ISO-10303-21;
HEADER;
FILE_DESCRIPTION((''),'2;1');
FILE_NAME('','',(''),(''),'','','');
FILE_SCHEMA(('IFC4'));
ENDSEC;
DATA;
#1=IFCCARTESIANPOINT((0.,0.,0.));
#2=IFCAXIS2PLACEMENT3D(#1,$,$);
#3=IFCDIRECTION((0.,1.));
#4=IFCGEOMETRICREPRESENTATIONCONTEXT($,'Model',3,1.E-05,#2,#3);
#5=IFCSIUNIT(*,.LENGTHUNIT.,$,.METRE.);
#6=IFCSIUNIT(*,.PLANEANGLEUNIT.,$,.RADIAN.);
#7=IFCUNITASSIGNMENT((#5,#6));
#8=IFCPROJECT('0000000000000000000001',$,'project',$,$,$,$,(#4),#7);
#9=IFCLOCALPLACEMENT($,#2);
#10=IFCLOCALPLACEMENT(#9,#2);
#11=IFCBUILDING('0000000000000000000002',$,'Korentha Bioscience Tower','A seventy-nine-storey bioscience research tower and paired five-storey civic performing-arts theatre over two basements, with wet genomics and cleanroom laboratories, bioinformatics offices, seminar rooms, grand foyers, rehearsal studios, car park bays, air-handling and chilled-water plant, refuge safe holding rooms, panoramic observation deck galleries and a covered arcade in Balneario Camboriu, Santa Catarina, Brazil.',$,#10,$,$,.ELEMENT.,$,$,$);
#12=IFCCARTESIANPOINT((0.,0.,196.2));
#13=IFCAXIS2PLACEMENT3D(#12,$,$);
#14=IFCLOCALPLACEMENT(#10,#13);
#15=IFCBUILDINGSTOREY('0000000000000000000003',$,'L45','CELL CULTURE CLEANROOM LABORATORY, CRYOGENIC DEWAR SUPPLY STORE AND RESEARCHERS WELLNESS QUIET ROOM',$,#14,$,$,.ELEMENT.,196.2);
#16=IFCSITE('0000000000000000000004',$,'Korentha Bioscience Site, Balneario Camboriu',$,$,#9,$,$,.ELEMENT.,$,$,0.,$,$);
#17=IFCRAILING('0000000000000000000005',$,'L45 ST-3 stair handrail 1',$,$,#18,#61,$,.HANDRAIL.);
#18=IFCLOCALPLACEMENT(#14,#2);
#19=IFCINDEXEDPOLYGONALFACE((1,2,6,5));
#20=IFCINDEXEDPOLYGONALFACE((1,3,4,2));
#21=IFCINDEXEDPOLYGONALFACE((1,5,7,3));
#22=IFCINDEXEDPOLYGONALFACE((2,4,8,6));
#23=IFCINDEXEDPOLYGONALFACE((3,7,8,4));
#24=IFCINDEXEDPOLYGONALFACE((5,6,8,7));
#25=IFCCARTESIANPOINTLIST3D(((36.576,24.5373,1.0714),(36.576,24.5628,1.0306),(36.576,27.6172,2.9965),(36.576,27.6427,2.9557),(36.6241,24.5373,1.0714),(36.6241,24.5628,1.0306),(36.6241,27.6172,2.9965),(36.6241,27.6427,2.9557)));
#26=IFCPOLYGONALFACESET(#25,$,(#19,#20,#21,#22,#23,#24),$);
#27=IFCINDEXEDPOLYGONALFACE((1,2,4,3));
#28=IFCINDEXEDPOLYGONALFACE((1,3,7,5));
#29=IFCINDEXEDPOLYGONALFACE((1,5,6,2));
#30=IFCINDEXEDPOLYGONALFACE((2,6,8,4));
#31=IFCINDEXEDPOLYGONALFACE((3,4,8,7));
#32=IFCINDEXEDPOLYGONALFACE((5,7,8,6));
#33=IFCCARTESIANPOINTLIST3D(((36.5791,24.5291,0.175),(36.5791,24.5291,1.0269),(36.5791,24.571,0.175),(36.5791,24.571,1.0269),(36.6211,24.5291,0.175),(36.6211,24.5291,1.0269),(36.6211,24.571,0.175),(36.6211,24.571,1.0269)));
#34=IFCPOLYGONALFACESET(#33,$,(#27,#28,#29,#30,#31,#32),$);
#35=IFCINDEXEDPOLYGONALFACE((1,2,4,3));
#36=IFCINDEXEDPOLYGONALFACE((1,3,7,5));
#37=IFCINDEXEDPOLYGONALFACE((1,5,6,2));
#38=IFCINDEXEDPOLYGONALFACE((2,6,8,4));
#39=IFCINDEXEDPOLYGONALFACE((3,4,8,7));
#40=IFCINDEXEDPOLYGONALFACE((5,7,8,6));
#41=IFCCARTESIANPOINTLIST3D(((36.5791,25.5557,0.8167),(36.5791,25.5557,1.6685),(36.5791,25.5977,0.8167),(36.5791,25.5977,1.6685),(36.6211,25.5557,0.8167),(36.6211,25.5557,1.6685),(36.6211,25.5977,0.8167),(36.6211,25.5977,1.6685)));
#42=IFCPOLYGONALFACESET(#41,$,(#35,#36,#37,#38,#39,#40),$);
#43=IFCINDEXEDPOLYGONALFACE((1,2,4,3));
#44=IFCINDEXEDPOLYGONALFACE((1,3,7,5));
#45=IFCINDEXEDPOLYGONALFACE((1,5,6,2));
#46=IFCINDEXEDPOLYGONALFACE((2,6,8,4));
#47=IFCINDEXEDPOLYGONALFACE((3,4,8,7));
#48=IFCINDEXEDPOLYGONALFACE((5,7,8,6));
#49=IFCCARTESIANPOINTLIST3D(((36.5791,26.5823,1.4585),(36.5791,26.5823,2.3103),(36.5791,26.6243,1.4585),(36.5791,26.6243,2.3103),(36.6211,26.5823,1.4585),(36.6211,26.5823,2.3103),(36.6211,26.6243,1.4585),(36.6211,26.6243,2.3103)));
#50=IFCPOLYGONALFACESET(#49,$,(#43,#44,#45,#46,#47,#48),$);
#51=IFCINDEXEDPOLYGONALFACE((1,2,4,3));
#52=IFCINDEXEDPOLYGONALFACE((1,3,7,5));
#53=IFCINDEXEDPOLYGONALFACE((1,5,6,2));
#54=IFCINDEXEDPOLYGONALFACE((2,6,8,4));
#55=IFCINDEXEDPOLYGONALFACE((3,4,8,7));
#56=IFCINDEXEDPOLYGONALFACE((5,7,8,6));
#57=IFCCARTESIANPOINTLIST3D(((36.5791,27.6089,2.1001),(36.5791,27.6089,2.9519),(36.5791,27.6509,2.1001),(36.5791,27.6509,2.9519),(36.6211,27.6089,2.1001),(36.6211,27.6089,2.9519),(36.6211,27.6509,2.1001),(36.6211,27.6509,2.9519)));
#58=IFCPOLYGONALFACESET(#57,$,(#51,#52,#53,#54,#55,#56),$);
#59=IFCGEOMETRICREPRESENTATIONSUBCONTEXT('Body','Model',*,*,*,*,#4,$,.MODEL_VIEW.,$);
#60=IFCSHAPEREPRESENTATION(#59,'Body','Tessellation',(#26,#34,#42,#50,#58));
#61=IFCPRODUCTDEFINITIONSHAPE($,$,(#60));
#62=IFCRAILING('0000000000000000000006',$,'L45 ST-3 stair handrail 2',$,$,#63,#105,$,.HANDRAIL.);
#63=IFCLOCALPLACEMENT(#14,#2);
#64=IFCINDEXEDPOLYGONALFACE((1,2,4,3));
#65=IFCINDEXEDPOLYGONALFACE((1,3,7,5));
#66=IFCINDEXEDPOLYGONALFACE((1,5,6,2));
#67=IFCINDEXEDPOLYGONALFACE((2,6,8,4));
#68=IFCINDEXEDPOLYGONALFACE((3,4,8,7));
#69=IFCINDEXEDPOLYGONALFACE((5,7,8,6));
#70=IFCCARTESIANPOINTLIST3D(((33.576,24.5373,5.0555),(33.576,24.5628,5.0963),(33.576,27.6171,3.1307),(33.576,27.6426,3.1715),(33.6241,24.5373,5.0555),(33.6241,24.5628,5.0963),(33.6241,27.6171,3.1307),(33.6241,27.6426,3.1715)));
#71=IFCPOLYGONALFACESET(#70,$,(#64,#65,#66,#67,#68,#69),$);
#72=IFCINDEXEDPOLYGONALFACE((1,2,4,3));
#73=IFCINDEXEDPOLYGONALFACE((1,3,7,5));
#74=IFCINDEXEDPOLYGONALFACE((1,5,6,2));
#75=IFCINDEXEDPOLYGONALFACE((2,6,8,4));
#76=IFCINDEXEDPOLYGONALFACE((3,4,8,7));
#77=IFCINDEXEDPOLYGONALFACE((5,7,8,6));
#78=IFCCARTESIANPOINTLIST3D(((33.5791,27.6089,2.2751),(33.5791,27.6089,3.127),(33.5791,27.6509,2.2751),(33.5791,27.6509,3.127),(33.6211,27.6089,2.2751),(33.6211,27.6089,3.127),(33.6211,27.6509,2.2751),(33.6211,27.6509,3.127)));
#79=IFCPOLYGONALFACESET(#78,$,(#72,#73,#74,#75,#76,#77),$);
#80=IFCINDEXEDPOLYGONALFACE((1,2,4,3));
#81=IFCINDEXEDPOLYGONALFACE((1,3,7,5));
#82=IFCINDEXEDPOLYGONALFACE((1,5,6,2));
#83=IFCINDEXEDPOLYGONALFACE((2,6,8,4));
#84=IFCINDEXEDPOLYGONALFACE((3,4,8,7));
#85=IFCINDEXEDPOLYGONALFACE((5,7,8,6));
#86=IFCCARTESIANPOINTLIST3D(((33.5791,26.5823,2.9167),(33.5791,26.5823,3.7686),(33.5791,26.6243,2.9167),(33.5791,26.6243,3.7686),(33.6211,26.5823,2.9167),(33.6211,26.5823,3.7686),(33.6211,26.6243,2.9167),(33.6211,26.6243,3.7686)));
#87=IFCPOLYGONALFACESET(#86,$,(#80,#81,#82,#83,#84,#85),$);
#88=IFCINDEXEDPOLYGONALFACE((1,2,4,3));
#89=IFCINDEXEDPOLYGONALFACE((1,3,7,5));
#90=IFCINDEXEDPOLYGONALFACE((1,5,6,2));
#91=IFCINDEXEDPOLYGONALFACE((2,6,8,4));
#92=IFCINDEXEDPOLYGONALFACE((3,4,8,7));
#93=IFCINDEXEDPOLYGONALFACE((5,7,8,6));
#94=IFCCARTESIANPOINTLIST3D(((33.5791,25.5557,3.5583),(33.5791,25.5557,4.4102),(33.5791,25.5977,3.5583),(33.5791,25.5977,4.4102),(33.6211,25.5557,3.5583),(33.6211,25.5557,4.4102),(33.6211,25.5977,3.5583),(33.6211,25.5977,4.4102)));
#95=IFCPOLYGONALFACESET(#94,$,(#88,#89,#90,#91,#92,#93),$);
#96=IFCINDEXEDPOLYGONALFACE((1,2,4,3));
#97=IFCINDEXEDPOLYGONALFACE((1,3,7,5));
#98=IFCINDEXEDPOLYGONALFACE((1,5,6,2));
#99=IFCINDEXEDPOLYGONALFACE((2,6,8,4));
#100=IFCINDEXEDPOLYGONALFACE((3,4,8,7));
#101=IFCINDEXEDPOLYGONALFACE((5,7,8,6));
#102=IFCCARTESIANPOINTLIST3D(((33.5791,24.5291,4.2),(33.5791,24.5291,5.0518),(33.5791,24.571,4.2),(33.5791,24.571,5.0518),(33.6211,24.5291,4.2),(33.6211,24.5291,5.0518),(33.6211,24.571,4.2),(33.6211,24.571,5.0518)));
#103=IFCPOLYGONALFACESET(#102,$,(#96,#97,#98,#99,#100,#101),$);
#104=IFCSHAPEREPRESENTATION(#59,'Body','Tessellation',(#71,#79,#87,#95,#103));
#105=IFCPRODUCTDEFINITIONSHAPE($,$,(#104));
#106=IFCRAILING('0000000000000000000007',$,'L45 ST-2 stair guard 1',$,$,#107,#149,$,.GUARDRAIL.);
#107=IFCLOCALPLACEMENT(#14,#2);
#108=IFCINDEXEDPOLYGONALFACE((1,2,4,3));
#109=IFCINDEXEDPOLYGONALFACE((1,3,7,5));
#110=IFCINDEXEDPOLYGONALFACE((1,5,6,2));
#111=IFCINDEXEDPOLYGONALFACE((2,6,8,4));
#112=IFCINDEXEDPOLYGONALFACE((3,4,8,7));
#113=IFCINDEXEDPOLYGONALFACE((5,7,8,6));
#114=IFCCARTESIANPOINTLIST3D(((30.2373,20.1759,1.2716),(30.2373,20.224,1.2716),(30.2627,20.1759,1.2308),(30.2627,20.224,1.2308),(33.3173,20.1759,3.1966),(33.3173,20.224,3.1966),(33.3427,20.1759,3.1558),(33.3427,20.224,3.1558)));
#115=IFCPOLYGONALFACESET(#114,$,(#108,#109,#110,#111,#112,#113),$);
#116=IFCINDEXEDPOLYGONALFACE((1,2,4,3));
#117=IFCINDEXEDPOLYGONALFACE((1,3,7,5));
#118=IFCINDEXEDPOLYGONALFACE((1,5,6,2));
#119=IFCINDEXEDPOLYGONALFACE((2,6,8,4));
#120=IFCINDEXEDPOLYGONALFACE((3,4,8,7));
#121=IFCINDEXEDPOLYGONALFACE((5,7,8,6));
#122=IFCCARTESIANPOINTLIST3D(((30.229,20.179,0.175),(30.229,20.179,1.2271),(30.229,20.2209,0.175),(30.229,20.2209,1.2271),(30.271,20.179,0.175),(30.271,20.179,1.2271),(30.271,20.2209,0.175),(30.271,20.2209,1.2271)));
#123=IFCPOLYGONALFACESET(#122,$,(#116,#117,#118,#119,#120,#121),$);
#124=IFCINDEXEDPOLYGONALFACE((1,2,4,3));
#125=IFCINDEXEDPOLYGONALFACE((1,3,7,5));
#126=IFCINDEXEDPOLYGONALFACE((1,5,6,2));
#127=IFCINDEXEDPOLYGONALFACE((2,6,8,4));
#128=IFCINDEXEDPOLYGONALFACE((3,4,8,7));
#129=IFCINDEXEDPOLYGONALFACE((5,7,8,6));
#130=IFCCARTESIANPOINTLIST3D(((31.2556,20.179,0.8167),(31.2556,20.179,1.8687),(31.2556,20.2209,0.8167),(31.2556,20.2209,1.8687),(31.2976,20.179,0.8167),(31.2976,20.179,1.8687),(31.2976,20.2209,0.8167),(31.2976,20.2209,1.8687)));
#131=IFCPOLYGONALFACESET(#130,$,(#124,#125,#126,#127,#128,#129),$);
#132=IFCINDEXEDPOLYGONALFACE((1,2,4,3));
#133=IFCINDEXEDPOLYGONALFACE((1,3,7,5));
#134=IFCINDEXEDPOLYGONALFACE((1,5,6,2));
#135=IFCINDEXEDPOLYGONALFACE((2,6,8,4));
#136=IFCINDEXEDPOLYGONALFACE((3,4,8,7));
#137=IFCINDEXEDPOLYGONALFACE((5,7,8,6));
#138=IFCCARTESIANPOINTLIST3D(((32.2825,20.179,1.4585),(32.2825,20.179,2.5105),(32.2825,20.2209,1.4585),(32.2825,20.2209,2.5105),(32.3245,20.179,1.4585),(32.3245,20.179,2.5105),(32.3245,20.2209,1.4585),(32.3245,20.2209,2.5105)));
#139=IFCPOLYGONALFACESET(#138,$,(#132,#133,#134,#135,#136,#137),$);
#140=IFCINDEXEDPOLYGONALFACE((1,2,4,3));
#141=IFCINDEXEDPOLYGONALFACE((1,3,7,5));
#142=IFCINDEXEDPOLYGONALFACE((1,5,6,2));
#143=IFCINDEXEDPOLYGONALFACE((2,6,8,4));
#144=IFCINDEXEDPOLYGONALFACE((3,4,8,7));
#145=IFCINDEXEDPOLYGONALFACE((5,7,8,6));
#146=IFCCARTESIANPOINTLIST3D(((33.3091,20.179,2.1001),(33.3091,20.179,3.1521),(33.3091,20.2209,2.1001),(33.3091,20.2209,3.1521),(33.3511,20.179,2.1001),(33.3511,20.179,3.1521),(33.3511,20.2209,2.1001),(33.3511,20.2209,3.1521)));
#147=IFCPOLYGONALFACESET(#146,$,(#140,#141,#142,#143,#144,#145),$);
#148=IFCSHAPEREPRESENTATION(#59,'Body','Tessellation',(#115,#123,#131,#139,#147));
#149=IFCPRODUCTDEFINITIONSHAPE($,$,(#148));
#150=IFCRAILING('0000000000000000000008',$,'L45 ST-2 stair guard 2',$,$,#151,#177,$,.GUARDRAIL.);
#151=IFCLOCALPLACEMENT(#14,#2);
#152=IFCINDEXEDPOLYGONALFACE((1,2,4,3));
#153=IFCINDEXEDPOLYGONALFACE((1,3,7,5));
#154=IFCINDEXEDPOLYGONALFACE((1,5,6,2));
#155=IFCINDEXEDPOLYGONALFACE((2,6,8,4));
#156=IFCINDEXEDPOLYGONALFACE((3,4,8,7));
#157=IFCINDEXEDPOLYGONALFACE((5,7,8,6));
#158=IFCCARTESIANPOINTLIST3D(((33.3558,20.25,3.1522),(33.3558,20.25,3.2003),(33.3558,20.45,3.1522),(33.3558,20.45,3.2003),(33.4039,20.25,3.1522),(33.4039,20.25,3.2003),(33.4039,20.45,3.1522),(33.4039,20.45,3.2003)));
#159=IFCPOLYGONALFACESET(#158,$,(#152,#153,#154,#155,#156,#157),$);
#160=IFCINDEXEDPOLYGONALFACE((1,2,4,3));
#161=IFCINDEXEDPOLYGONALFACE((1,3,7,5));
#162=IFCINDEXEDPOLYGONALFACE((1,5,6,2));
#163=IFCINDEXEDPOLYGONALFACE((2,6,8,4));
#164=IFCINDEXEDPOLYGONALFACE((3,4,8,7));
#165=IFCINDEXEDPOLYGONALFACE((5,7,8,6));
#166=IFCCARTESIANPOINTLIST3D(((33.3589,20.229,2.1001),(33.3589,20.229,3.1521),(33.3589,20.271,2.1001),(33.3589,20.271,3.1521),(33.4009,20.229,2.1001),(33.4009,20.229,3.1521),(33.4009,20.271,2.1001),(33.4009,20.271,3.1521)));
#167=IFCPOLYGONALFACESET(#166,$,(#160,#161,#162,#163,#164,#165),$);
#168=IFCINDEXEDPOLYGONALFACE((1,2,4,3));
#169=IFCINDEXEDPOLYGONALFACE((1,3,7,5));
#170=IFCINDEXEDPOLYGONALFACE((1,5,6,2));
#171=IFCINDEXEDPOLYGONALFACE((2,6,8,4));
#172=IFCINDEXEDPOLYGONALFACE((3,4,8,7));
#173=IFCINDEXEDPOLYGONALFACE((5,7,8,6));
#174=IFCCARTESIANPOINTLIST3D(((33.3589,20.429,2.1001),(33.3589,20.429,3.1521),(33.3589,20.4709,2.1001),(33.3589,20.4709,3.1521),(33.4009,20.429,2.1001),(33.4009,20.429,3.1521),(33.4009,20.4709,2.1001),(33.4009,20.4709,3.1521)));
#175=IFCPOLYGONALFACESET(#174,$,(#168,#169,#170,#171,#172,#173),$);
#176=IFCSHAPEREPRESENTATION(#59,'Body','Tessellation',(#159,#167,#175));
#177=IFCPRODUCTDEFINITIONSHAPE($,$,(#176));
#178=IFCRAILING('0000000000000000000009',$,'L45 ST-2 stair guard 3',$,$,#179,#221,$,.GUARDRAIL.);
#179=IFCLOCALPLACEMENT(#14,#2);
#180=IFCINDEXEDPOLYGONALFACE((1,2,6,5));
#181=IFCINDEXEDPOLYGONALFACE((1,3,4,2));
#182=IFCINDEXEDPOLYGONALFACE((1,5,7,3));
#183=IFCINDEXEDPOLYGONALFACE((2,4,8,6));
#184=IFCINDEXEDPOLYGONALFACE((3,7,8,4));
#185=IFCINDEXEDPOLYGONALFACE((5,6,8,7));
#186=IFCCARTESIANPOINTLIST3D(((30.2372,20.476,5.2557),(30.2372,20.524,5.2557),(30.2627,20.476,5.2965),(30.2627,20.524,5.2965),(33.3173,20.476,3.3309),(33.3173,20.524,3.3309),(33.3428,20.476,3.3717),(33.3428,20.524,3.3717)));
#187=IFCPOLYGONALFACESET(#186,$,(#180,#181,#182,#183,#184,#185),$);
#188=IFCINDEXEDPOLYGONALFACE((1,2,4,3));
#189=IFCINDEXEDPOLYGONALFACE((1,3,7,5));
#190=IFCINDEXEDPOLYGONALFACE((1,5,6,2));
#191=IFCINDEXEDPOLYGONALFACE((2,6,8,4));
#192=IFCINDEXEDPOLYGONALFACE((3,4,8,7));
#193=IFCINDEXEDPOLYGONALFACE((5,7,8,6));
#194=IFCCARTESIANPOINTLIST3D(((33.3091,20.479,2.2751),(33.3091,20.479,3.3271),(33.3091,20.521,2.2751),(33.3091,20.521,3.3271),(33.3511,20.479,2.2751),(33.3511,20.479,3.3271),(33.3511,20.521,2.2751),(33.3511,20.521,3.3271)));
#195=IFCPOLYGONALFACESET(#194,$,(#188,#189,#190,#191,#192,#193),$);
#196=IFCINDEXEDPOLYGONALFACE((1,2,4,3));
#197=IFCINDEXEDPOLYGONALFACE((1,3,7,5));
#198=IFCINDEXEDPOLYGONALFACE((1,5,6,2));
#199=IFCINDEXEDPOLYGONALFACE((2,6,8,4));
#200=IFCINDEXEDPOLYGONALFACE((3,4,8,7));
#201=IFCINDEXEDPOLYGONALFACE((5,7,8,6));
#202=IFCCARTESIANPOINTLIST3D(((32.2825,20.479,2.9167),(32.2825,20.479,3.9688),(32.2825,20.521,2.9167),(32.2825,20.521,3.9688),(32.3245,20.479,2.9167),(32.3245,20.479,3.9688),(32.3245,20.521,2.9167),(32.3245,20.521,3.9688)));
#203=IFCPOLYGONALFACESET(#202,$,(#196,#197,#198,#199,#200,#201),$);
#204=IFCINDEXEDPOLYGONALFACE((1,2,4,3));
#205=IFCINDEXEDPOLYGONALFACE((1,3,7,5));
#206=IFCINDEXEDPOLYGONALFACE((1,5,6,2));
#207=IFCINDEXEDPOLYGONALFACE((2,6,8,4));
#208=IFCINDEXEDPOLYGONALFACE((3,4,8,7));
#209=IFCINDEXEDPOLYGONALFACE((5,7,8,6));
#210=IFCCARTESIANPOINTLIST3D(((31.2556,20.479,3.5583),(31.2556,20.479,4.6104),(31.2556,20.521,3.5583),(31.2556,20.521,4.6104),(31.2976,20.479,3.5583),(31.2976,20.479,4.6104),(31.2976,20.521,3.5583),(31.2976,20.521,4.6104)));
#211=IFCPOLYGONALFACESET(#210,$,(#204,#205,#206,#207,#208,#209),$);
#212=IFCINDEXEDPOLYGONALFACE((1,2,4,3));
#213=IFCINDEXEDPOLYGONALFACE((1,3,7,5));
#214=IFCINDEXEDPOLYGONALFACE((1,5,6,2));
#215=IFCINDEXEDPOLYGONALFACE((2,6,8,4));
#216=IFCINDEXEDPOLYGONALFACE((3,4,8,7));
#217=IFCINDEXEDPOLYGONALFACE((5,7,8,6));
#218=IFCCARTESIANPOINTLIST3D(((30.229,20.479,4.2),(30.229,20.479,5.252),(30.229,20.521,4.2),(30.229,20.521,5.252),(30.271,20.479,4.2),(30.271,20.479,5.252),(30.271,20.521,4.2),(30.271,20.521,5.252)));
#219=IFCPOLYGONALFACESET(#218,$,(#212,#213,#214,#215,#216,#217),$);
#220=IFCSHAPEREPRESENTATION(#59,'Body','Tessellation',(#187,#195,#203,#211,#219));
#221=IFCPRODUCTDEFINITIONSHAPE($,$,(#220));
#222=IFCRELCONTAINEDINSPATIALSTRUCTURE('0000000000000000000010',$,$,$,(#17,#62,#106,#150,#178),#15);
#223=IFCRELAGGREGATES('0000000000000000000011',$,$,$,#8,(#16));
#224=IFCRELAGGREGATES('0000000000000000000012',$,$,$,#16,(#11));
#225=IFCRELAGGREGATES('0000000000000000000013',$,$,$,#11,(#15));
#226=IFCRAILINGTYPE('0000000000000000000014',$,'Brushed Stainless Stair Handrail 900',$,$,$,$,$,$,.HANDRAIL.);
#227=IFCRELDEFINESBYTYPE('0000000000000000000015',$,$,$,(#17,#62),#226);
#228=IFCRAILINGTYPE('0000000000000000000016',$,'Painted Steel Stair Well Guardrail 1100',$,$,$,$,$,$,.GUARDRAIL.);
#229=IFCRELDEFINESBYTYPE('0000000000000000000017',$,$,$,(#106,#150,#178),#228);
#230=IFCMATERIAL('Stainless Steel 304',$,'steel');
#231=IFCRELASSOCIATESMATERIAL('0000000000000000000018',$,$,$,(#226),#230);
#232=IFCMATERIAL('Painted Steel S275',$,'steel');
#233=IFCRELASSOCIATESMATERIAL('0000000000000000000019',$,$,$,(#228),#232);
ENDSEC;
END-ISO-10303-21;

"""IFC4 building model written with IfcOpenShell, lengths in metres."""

from ifc_helpers import new_model, si_unit, direction, frame, origin, origin_2d, place, context, subcontext, project, spatial, rectangle, extrude, material, type_object, element, save


model = new_model("IFC4")

# Units and contexts
model_context = context("Model", 3, precision=1e-05, world=origin(), true_north=direction((0.0, 1.0)))
body_context = subcontext(model_context, "Body", "Model", "MODEL_VIEW")
ifc_project = project(units=[si_unit("LENGTHUNIT", "METRE"), si_unit("PLANEANGLEUNIT", "RADIAN")], contexts=[model_context])

# Site, building, storey
site_placement = place(None, origin())
site = spatial("IfcSite", under=ifc_project, at=site_placement, Name="Korentha Bioscience Site, Balneario Camboriu", CompositionType="ELEMENT", RefElevation=0.0)
building_placement = place(site_placement, origin())
building = spatial("IfcBuilding", under=site, at=building_placement, Name="Korentha Bioscience Tower", Description="A seventy-nine-storey bioscience research tower and paired five-storey civic performing-arts theatre over two basements, with wet genomics and cleanroom laboratories, bioinformatics offices, seminar rooms, grand foyers, rehearsal studios, car park bays, air-handling and chilled-water plant, refuge safe holding rooms, panoramic observation deck galleries and a covered arcade in Balneario Camboriu, Santa Catarina, Brazil.", CompositionType="ELEMENT")
storey_placement = place(building_placement, frame((0.0, 0.0, 196.2)))
storey = spatial("IfcBuildingStorey", under=building, at=storey_placement, Name="L45", Description="CELL CULTURE CLEANROOM LABORATORY, CRYOGENIC DEWAR SUPPLY STORE AND RESEARCHERS WELLNESS QUIET ROOM", CompositionType="ELEMENT", Elevation=196.2)

# Railings
ifc_material_1 = material(Name="Stainless Steel 304", Category="steel")
railing_type_1 = type_object("IfcRailingType", Name="Brushed Stainless Stair Handrail 900", PredefinedType="HANDRAIL", material=ifc_material_1)
railing_1_placement = place(storey_placement, frame((36.6001, 24.55, 0.175)))
element("IfcRailing", 1, at=railing_1_placement, inside=storey, type_object=railing_type_1, Name="L45 ST-3 stair handrail 1", PredefinedType="HANDRAIL", context=body_context, shape_type="SweptSolid", body=[
    extrude(rectangle(XDim=0.0481, YDim=0.0481, at=origin_2d()), frame((0.0, 0.0, 0.876), z_axis=(0.0, 0.847979, 0.530029), x_axis=(-1.0, 0.0, 0.0)), (0.0, 0.0, 1.0), 3.6321),
    extrude(rectangle(XDim=0.042, YDim=0.042, at=origin_2d()), origin(), (0.0, 0.0, 1.0), 0.8518),
    extrude(rectangle(XDim=0.042, YDim=0.042, at=origin_2d()), frame((0.0, 1.0266, 0.6416)), (0.0, 0.0, 1.0), 0.8518),
    extrude(rectangle(XDim=0.042, YDim=0.042, at=origin_2d()), frame((0.0, 2.0532, 1.2834)), (0.0, 0.0, 1.0), 0.8518),
    extrude(rectangle(XDim=0.042, YDim=0.042, at=origin_2d()), frame((0.0, 3.0798, 1.925)), (0.0, 0.0, 1.0), 0.8518),
])
railing_2_placement = place(storey_placement, frame((33.6001, 27.6299, 2.2751)))
element("IfcRailing", 2, at=railing_2_placement, inside=storey, type_object=railing_type_1, Name="L45 ST-3 stair handrail 2", PredefinedType="HANDRAIL", context=body_context, shape_type="SweptSolid", body=[
    extrude(rectangle(XDim=0.0481, YDim=0.0481, at=origin_2d()), frame((0.0, 0.0, 0.876), z_axis=(0.0, -0.84801, 0.529981), x_axis=(1.0, 0.0, 0.0)), (0.0, 0.0, 1.0), 3.6318),
    extrude(rectangle(XDim=0.042, YDim=0.042, at=origin_2d()), origin(), (0.0, 0.0, 1.0), 0.8518),
    extrude(rectangle(XDim=0.042, YDim=0.042, at=origin_2d()), frame((0.0, -1.0266, 0.6416)), (0.0, 0.0, 1.0), 0.8518),
    extrude(rectangle(XDim=0.042, YDim=0.042, at=origin_2d()), frame((0.0, -2.0532, 1.2832)), (0.0, 0.0, 1.0), 0.8518),
    extrude(rectangle(XDim=0.042, YDim=0.042, at=origin_2d()), frame((0.0, -3.0798, 1.9248)), (0.0, 0.0, 1.0), 0.8518),
])
ifc_material_2 = material(Name="Painted Steel S275", Category="steel")
railing_type_2 = type_object("IfcRailingType", Name="Painted Steel Stair Well Guardrail 1100", PredefinedType="GUARDRAIL", material=ifc_material_2)
railing_3_placement = place(storey_placement, frame((30.25, 20.2, 0.175)))
element("IfcRailing", 3, at=railing_3_placement, inside=storey, type_object=railing_type_2, Name="L45 ST-2 stair guard 1", PredefinedType="GUARDRAIL", context=body_context, shape_type="SweptSolid", body=[
    extrude(rectangle(XDim=0.0481, YDim=0.0481, at=origin_2d()), frame((0.0, 0.0, 1.0762), z_axis=(0.847998, 0.0, 0.529999), x_axis=(0.0, 1.0, 0.0)), (0.0, 0.0, 1.0), 3.6321),
    extrude(rectangle(XDim=0.042, YDim=0.042, at=origin_2d()), origin(), (0.0, 0.0, 1.0), 1.052),
    extrude(rectangle(XDim=0.042, YDim=0.042, at=origin_2d()), frame((1.0266, 0.0, 0.6416)), (0.0, 0.0, 1.0), 1.052),
    extrude(rectangle(XDim=0.042, YDim=0.042, at=origin_2d()), frame((2.0535, 0.0, 1.2834)), (0.0, 0.0, 1.0), 1.052),
    extrude(rectangle(XDim=0.042, YDim=0.042, at=origin_2d()), frame((3.0801, 0.0, 1.925)), (0.0, 0.0, 1.0), 1.052),
])
railing_4_placement = place(storey_placement, frame((33.3799, 20.25, 2.1001)))
element("IfcRailing", 4, at=railing_4_placement, inside=storey, type_object=railing_type_2, Name="L45 ST-2 stair guard 2", PredefinedType="GUARDRAIL", context=body_context, shape_type="SweptSolid", body=[
    extrude(rectangle(XDim=0.0481, YDim=0.0481, at=origin_2d()), frame((0.0, 0.0, 1.0762), z_axis=(0.0, 1.0, 0.0), x_axis=(-1.0, 0.0, 0.0)), (0.0, 0.0, 1.0), 0.2),
    extrude(rectangle(XDim=0.042, YDim=0.042, at=origin_2d()), origin(), (0.0, 0.0, 1.0), 1.052),
    extrude(rectangle(XDim=0.042, YDim=0.042, at=origin_2d()), frame((0.0, 0.2, 0.0)), (0.0, 0.0, 1.0), 1.052),
])
railing_5_placement = place(storey_placement, frame((33.3301, 20.5, 2.2751)))
element("IfcRailing", 5, at=railing_5_placement, inside=storey, type_object=railing_type_2, Name="L45 ST-2 stair guard 3", PredefinedType="GUARDRAIL", context=body_context, shape_type="SweptSolid", body=[
    extrude(rectangle(XDim=0.0481, YDim=0.0481, at=origin_2d()), frame((0.0, 0.0, 1.0762), z_axis=(-0.848029, 0.0, 0.529951), x_axis=(0.0, -1.0, 0.0)), (0.0, 0.0, 1.0), 3.6321),
    extrude(rectangle(XDim=0.042, YDim=0.042, at=origin_2d()), origin(), (0.0, 0.0, 1.0), 1.052),
    extrude(rectangle(XDim=0.042, YDim=0.042, at=origin_2d()), frame((-1.0266, 0.0, 0.6416)), (0.0, 0.0, 1.0), 1.052),
    extrude(rectangle(XDim=0.042, YDim=0.042, at=origin_2d()), frame((-2.0535, 0.0, 1.2832)), (0.0, 0.0, 1.0), 1.052),
    extrude(rectangle(XDim=0.042, YDim=0.042, at=origin_2d()), frame((-3.0801, 0.0, 1.9248)), (0.0, 0.0, 1.0), 1.052),
])

save(model, "model.ifc")
